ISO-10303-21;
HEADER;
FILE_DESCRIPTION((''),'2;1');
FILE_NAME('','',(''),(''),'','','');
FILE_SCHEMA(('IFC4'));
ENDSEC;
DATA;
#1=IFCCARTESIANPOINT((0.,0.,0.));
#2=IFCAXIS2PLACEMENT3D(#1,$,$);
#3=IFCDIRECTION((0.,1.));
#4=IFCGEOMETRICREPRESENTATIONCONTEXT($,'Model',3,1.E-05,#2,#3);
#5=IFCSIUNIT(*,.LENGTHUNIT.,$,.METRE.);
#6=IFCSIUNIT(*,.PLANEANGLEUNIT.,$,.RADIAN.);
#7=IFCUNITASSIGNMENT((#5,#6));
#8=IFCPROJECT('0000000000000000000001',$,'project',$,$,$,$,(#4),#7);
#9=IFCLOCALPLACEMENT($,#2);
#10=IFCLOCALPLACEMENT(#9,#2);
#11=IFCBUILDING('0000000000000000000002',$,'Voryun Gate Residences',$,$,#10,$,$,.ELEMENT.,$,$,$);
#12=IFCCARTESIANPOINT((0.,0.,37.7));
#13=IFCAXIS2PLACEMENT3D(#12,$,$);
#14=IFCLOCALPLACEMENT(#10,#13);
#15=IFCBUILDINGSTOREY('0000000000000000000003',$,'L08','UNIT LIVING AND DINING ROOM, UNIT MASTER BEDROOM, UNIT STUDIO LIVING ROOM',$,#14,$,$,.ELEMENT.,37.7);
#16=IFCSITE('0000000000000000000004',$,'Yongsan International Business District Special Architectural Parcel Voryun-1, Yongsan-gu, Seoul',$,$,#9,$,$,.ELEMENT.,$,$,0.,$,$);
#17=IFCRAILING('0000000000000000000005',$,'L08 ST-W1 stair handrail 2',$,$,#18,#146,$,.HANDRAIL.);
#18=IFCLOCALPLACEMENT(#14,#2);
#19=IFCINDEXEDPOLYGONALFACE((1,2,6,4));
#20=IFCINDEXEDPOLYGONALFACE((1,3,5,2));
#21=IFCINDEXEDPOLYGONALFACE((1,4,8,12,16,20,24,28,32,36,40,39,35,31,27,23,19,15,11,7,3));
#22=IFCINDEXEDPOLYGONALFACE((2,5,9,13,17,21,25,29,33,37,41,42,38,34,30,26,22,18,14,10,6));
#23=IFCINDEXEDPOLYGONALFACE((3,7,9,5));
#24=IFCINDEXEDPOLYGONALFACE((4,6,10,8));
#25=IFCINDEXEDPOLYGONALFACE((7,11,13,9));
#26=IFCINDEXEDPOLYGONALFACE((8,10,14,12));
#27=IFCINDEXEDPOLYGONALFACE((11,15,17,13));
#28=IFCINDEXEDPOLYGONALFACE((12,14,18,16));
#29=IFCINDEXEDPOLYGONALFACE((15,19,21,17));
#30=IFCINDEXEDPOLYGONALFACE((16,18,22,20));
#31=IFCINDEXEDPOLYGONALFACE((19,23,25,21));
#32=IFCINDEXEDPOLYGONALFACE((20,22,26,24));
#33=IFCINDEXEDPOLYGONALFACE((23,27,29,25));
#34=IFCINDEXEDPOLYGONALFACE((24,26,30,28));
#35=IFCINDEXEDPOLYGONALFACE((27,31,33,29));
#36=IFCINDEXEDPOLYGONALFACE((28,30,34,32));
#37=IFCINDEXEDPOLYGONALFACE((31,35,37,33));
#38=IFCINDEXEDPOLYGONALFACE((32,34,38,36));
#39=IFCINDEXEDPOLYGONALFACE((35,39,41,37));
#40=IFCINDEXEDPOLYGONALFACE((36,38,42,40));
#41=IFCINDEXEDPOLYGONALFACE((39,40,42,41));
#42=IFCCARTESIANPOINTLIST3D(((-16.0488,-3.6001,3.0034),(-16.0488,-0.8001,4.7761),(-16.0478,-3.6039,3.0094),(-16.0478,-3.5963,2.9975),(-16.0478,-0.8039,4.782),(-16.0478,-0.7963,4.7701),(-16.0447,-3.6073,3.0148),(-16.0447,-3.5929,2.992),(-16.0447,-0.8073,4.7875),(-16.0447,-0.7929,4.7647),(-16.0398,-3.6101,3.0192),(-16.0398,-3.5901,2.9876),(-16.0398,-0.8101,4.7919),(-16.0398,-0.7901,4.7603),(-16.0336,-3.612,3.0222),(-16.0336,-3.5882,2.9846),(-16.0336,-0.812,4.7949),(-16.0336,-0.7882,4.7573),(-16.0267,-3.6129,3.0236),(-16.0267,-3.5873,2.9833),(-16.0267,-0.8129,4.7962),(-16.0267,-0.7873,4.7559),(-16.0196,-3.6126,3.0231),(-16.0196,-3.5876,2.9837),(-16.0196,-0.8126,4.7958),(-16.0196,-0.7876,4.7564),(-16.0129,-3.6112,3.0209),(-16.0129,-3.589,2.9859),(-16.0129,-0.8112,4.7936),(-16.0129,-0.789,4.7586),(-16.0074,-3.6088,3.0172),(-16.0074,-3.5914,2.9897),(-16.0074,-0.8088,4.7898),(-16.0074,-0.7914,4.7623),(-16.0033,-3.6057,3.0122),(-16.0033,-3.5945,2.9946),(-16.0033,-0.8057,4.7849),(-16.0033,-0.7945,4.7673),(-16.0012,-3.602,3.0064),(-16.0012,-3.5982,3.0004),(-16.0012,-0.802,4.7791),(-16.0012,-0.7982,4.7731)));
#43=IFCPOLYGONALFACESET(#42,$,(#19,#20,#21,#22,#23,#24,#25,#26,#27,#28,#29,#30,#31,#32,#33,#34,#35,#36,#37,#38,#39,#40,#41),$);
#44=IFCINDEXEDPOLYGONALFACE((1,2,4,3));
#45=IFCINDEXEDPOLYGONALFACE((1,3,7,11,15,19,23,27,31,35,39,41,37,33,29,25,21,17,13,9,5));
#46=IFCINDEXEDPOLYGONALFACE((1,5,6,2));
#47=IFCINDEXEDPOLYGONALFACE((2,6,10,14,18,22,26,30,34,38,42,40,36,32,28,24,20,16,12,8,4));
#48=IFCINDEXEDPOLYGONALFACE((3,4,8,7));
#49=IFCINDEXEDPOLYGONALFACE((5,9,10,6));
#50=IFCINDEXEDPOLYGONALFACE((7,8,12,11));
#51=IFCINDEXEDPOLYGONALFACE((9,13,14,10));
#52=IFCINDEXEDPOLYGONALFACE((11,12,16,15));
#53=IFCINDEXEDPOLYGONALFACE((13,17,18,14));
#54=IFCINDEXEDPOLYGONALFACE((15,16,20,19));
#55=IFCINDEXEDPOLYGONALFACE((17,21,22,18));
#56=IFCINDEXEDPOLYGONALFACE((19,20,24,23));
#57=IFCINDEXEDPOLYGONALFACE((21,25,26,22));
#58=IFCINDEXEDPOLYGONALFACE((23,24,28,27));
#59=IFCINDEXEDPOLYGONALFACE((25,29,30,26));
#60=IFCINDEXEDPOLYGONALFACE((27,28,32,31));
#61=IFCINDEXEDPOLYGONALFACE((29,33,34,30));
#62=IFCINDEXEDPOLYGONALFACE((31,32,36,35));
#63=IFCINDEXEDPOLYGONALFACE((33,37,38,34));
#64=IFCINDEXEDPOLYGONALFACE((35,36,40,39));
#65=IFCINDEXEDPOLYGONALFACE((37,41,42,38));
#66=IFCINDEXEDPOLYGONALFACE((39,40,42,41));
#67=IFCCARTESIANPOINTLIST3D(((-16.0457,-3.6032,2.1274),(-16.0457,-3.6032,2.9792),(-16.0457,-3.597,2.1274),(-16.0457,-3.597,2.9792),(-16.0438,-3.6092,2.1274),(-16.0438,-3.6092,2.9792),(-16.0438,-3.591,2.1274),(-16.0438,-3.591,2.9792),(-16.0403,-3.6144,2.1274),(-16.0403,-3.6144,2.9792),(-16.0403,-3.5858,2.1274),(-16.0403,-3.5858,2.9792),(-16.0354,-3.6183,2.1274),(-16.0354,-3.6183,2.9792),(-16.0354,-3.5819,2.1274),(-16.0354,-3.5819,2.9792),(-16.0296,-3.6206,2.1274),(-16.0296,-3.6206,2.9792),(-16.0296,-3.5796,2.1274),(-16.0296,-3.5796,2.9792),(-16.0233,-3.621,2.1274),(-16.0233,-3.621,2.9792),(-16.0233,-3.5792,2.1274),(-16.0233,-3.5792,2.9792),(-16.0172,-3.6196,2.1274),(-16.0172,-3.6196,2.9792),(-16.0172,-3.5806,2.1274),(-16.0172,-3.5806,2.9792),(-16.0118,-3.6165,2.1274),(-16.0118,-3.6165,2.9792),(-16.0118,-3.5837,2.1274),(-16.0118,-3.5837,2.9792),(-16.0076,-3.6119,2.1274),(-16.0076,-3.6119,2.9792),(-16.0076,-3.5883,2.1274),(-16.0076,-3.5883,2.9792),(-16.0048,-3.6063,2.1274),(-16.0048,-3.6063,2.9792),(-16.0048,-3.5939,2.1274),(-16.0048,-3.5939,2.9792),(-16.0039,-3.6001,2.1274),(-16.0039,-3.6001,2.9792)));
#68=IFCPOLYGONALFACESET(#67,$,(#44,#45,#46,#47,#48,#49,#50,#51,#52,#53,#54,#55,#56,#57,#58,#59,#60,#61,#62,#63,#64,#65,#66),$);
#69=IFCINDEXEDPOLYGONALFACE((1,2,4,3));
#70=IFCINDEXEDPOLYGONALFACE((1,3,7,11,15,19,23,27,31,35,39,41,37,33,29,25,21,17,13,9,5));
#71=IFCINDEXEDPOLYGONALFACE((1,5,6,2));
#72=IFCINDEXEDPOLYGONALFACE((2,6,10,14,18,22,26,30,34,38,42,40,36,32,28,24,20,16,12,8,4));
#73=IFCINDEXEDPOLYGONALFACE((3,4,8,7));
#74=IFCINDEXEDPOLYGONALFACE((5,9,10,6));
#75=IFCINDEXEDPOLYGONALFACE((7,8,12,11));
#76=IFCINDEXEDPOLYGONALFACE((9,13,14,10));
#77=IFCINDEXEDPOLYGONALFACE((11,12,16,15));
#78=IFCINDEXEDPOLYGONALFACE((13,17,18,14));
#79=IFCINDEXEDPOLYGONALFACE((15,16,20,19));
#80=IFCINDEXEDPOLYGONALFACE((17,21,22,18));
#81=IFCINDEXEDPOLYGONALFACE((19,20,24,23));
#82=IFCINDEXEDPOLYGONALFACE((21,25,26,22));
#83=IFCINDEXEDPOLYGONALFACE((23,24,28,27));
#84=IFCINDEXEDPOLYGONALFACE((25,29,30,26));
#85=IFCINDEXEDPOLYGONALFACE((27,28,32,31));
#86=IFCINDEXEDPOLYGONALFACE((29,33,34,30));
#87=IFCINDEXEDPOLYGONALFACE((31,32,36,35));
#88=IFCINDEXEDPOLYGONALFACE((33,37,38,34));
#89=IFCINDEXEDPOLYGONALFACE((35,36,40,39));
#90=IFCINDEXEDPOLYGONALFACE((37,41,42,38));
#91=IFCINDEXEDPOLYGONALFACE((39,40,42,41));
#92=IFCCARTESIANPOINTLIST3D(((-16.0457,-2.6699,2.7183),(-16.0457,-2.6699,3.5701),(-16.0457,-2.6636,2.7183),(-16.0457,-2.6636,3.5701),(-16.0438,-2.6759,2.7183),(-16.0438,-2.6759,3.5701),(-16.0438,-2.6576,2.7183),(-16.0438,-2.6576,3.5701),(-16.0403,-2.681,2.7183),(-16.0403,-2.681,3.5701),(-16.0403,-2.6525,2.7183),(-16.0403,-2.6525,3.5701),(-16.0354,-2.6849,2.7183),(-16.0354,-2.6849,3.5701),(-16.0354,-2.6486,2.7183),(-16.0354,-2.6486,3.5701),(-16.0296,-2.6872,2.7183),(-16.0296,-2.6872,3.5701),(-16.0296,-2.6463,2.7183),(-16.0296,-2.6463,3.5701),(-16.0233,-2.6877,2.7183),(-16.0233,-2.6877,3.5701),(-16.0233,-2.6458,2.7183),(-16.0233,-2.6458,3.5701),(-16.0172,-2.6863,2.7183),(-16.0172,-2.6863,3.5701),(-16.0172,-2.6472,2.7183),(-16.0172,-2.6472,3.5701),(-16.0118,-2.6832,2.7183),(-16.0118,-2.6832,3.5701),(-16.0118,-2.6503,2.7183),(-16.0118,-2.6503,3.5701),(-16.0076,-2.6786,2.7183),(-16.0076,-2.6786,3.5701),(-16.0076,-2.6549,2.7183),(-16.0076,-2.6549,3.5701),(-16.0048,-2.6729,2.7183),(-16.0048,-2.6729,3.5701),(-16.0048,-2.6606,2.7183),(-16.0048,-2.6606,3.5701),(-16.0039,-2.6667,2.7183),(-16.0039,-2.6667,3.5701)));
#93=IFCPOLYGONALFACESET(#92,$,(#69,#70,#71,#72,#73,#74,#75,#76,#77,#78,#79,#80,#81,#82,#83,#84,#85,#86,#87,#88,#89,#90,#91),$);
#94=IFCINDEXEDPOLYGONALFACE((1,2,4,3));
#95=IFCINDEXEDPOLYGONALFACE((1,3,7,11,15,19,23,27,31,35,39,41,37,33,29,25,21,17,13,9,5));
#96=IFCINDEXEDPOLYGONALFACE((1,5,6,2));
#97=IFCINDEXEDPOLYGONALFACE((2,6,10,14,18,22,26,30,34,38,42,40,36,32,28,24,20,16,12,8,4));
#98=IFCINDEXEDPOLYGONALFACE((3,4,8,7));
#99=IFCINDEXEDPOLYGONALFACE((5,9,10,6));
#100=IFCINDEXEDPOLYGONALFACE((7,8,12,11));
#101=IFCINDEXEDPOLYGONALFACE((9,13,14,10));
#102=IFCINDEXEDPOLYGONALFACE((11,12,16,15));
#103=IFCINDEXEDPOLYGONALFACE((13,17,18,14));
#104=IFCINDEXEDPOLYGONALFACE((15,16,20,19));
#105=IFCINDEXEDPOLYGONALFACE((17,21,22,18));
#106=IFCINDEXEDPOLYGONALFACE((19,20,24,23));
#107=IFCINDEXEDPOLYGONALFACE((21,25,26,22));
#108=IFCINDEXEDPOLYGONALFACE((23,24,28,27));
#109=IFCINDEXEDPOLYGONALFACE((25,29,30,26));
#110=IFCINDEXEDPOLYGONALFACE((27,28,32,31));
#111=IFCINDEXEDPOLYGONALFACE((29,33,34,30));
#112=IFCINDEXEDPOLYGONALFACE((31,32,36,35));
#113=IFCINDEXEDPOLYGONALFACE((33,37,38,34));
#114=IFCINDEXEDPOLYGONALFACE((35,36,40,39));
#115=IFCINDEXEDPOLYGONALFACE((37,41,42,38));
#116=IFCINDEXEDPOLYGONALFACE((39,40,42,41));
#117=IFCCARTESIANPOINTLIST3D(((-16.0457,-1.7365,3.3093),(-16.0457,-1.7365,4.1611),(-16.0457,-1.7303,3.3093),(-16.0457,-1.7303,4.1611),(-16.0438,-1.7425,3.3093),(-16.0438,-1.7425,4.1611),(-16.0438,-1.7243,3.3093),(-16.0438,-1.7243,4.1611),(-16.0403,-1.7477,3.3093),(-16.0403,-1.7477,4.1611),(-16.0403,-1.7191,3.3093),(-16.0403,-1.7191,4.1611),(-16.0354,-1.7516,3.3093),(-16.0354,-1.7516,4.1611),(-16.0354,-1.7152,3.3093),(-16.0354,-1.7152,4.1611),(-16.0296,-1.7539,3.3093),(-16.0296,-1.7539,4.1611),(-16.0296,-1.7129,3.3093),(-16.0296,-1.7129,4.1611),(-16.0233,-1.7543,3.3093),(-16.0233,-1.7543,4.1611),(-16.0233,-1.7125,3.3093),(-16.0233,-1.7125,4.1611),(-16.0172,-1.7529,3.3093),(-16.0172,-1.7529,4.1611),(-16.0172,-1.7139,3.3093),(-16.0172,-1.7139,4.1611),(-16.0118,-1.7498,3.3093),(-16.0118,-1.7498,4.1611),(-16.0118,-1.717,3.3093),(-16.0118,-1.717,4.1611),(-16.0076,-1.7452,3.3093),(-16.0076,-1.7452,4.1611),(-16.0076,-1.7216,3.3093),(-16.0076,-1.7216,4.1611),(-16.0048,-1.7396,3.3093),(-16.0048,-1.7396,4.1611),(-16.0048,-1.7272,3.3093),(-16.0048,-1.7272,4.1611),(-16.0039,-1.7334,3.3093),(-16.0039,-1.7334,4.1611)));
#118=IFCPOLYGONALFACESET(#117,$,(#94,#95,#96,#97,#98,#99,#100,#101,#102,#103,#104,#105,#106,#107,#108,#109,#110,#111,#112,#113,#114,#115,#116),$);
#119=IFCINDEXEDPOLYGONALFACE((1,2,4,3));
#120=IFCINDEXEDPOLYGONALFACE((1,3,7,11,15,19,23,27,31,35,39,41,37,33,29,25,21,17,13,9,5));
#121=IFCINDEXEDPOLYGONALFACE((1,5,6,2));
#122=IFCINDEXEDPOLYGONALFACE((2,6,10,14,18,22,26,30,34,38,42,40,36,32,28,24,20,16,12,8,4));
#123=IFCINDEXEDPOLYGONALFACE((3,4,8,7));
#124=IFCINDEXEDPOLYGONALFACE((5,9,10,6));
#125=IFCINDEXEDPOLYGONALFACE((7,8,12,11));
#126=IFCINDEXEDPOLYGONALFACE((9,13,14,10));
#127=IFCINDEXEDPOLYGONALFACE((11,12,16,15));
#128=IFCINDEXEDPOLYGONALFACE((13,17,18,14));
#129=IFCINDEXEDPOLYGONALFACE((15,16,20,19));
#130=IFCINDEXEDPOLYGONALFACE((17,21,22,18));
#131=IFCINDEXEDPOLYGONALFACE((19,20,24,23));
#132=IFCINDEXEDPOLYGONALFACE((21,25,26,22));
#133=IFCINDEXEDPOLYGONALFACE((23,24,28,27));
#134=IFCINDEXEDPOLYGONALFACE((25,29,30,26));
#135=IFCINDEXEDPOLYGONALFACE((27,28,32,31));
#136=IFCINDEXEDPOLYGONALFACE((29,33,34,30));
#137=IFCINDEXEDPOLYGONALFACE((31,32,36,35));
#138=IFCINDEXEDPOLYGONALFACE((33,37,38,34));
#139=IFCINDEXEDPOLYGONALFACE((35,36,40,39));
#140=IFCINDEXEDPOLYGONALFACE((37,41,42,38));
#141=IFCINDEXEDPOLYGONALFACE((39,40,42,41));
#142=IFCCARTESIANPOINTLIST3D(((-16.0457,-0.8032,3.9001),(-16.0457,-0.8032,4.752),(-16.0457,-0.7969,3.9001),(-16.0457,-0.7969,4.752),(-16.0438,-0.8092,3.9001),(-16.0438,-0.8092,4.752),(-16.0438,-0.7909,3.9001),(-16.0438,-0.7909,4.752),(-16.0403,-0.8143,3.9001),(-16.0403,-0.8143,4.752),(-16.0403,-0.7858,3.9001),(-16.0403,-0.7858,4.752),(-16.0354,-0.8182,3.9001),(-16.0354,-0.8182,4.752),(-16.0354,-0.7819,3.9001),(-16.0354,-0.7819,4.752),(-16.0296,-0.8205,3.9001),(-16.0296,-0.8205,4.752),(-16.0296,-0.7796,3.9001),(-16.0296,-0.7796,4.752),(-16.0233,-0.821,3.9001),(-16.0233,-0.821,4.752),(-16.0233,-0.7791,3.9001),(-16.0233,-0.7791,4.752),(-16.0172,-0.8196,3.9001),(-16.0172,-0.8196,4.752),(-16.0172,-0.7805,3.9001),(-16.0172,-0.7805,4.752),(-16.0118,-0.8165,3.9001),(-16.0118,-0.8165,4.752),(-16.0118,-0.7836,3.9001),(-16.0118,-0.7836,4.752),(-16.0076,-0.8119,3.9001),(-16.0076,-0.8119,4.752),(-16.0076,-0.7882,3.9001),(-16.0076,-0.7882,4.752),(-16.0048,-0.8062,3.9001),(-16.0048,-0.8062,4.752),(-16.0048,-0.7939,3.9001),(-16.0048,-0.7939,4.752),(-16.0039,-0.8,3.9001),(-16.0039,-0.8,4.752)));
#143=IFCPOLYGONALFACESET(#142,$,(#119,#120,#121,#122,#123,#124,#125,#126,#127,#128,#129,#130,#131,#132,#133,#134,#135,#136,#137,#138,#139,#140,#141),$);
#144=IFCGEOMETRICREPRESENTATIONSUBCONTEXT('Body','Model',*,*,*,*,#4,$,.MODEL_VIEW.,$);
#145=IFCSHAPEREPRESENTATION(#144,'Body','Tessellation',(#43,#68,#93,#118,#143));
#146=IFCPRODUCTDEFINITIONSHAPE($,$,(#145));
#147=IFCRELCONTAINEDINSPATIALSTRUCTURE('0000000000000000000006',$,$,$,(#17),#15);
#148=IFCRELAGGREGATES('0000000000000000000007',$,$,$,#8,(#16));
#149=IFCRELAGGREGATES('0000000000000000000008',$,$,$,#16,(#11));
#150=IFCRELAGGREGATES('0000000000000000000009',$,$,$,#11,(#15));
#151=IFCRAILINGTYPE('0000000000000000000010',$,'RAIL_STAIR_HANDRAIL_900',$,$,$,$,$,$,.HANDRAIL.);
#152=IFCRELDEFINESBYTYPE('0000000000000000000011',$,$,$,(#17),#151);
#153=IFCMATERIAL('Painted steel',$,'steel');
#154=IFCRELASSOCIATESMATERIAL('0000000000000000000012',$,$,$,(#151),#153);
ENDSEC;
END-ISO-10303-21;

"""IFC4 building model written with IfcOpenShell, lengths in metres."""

from ifc_helpers import new_model, si_unit, direction, frame, origin, origin_2d, place, context, subcontext, project, spatial, circle, extrude, material, type_object, element, save


model = new_model("IFC4")

# Units and contexts
model_context = context("Model", 3, precision=1e-05, world=origin(), true_north=direction((0.0, 1.0)))
body_context = subcontext(model_context, "Body", "Model", "MODEL_VIEW")
ifc_project = project(units=[si_unit("LENGTHUNIT", "METRE"), si_unit("PLANEANGLEUNIT", "RADIAN")], contexts=[model_context])

# Site, building, storey
site_placement = place(None, origin())
site = spatial("IfcSite", under=ifc_project, at=site_placement, Name="Yongsan International Business District Special Architectural Parcel Voryun-1, Yongsan-gu, Seoul", CompositionType="ELEMENT", RefElevation=0.0)
building_placement = place(site_placement, origin())
building = spatial("IfcBuilding", under=site, at=building_placement, Name="Voryun Gate Residences", CompositionType="ELEMENT")
storey_placement = place(building_placement, frame((0.0, 0.0, 37.7)))
storey = spatial("IfcBuildingStorey", under=building, at=storey_placement, Name="L08", Description="UNIT LIVING AND DINING ROOM, UNIT MASTER BEDROOM, UNIT STUDIO LIVING ROOM", CompositionType="ELEMENT", Elevation=37.7)

# Railing
ifc_material_1 = material(Name="Painted steel", Category="steel")
railing_type_1 = type_object("IfcRailingType", Name="RAIL_STAIR_HANDRAIL_900", PredefinedType="HANDRAIL", material=ifc_material_1)
railing_1_placement = place(storey_placement, frame((-16.0249, -3.6001, 2.1274)))
element("IfcRailing", 1, at=railing_1_placement, inside=storey, type_object=railing_type_1, Name="L08 ST-W1 stair handrail 2", PredefinedType="HANDRAIL", context=body_context, shape_type="SweptSolid", body=[
    extrude(circle(Radius=0.0239, at=origin_2d()), frame((0.0, 0.0, 0.876), z_axis=(0.0, 0.844909, 0.53491), x_axis=(-1.0, 0.0, 0.0)), (0.0, 0.0, 1.0), 3.314),
    extrude(circle(Radius=0.021, at=origin_2d()), origin(), (0.0, 0.0, 1.0), 0.8518),
    extrude(circle(Radius=0.021, at=origin_2d()), frame((0.0, 0.9333, 0.5908)), (0.0, 0.0, 1.0), 0.8518),
    extrude(circle(Radius=0.021, at=origin_2d()), frame((0.0, 1.8667, 1.1819)), (0.0, 0.0, 1.0), 0.8518),
    extrude(circle(Radius=0.021, at=origin_2d()), frame((0.0, 2.8, 1.7727)), (0.0, 0.0, 1.0), 0.8518),
])

save(model, "model.ifc")
